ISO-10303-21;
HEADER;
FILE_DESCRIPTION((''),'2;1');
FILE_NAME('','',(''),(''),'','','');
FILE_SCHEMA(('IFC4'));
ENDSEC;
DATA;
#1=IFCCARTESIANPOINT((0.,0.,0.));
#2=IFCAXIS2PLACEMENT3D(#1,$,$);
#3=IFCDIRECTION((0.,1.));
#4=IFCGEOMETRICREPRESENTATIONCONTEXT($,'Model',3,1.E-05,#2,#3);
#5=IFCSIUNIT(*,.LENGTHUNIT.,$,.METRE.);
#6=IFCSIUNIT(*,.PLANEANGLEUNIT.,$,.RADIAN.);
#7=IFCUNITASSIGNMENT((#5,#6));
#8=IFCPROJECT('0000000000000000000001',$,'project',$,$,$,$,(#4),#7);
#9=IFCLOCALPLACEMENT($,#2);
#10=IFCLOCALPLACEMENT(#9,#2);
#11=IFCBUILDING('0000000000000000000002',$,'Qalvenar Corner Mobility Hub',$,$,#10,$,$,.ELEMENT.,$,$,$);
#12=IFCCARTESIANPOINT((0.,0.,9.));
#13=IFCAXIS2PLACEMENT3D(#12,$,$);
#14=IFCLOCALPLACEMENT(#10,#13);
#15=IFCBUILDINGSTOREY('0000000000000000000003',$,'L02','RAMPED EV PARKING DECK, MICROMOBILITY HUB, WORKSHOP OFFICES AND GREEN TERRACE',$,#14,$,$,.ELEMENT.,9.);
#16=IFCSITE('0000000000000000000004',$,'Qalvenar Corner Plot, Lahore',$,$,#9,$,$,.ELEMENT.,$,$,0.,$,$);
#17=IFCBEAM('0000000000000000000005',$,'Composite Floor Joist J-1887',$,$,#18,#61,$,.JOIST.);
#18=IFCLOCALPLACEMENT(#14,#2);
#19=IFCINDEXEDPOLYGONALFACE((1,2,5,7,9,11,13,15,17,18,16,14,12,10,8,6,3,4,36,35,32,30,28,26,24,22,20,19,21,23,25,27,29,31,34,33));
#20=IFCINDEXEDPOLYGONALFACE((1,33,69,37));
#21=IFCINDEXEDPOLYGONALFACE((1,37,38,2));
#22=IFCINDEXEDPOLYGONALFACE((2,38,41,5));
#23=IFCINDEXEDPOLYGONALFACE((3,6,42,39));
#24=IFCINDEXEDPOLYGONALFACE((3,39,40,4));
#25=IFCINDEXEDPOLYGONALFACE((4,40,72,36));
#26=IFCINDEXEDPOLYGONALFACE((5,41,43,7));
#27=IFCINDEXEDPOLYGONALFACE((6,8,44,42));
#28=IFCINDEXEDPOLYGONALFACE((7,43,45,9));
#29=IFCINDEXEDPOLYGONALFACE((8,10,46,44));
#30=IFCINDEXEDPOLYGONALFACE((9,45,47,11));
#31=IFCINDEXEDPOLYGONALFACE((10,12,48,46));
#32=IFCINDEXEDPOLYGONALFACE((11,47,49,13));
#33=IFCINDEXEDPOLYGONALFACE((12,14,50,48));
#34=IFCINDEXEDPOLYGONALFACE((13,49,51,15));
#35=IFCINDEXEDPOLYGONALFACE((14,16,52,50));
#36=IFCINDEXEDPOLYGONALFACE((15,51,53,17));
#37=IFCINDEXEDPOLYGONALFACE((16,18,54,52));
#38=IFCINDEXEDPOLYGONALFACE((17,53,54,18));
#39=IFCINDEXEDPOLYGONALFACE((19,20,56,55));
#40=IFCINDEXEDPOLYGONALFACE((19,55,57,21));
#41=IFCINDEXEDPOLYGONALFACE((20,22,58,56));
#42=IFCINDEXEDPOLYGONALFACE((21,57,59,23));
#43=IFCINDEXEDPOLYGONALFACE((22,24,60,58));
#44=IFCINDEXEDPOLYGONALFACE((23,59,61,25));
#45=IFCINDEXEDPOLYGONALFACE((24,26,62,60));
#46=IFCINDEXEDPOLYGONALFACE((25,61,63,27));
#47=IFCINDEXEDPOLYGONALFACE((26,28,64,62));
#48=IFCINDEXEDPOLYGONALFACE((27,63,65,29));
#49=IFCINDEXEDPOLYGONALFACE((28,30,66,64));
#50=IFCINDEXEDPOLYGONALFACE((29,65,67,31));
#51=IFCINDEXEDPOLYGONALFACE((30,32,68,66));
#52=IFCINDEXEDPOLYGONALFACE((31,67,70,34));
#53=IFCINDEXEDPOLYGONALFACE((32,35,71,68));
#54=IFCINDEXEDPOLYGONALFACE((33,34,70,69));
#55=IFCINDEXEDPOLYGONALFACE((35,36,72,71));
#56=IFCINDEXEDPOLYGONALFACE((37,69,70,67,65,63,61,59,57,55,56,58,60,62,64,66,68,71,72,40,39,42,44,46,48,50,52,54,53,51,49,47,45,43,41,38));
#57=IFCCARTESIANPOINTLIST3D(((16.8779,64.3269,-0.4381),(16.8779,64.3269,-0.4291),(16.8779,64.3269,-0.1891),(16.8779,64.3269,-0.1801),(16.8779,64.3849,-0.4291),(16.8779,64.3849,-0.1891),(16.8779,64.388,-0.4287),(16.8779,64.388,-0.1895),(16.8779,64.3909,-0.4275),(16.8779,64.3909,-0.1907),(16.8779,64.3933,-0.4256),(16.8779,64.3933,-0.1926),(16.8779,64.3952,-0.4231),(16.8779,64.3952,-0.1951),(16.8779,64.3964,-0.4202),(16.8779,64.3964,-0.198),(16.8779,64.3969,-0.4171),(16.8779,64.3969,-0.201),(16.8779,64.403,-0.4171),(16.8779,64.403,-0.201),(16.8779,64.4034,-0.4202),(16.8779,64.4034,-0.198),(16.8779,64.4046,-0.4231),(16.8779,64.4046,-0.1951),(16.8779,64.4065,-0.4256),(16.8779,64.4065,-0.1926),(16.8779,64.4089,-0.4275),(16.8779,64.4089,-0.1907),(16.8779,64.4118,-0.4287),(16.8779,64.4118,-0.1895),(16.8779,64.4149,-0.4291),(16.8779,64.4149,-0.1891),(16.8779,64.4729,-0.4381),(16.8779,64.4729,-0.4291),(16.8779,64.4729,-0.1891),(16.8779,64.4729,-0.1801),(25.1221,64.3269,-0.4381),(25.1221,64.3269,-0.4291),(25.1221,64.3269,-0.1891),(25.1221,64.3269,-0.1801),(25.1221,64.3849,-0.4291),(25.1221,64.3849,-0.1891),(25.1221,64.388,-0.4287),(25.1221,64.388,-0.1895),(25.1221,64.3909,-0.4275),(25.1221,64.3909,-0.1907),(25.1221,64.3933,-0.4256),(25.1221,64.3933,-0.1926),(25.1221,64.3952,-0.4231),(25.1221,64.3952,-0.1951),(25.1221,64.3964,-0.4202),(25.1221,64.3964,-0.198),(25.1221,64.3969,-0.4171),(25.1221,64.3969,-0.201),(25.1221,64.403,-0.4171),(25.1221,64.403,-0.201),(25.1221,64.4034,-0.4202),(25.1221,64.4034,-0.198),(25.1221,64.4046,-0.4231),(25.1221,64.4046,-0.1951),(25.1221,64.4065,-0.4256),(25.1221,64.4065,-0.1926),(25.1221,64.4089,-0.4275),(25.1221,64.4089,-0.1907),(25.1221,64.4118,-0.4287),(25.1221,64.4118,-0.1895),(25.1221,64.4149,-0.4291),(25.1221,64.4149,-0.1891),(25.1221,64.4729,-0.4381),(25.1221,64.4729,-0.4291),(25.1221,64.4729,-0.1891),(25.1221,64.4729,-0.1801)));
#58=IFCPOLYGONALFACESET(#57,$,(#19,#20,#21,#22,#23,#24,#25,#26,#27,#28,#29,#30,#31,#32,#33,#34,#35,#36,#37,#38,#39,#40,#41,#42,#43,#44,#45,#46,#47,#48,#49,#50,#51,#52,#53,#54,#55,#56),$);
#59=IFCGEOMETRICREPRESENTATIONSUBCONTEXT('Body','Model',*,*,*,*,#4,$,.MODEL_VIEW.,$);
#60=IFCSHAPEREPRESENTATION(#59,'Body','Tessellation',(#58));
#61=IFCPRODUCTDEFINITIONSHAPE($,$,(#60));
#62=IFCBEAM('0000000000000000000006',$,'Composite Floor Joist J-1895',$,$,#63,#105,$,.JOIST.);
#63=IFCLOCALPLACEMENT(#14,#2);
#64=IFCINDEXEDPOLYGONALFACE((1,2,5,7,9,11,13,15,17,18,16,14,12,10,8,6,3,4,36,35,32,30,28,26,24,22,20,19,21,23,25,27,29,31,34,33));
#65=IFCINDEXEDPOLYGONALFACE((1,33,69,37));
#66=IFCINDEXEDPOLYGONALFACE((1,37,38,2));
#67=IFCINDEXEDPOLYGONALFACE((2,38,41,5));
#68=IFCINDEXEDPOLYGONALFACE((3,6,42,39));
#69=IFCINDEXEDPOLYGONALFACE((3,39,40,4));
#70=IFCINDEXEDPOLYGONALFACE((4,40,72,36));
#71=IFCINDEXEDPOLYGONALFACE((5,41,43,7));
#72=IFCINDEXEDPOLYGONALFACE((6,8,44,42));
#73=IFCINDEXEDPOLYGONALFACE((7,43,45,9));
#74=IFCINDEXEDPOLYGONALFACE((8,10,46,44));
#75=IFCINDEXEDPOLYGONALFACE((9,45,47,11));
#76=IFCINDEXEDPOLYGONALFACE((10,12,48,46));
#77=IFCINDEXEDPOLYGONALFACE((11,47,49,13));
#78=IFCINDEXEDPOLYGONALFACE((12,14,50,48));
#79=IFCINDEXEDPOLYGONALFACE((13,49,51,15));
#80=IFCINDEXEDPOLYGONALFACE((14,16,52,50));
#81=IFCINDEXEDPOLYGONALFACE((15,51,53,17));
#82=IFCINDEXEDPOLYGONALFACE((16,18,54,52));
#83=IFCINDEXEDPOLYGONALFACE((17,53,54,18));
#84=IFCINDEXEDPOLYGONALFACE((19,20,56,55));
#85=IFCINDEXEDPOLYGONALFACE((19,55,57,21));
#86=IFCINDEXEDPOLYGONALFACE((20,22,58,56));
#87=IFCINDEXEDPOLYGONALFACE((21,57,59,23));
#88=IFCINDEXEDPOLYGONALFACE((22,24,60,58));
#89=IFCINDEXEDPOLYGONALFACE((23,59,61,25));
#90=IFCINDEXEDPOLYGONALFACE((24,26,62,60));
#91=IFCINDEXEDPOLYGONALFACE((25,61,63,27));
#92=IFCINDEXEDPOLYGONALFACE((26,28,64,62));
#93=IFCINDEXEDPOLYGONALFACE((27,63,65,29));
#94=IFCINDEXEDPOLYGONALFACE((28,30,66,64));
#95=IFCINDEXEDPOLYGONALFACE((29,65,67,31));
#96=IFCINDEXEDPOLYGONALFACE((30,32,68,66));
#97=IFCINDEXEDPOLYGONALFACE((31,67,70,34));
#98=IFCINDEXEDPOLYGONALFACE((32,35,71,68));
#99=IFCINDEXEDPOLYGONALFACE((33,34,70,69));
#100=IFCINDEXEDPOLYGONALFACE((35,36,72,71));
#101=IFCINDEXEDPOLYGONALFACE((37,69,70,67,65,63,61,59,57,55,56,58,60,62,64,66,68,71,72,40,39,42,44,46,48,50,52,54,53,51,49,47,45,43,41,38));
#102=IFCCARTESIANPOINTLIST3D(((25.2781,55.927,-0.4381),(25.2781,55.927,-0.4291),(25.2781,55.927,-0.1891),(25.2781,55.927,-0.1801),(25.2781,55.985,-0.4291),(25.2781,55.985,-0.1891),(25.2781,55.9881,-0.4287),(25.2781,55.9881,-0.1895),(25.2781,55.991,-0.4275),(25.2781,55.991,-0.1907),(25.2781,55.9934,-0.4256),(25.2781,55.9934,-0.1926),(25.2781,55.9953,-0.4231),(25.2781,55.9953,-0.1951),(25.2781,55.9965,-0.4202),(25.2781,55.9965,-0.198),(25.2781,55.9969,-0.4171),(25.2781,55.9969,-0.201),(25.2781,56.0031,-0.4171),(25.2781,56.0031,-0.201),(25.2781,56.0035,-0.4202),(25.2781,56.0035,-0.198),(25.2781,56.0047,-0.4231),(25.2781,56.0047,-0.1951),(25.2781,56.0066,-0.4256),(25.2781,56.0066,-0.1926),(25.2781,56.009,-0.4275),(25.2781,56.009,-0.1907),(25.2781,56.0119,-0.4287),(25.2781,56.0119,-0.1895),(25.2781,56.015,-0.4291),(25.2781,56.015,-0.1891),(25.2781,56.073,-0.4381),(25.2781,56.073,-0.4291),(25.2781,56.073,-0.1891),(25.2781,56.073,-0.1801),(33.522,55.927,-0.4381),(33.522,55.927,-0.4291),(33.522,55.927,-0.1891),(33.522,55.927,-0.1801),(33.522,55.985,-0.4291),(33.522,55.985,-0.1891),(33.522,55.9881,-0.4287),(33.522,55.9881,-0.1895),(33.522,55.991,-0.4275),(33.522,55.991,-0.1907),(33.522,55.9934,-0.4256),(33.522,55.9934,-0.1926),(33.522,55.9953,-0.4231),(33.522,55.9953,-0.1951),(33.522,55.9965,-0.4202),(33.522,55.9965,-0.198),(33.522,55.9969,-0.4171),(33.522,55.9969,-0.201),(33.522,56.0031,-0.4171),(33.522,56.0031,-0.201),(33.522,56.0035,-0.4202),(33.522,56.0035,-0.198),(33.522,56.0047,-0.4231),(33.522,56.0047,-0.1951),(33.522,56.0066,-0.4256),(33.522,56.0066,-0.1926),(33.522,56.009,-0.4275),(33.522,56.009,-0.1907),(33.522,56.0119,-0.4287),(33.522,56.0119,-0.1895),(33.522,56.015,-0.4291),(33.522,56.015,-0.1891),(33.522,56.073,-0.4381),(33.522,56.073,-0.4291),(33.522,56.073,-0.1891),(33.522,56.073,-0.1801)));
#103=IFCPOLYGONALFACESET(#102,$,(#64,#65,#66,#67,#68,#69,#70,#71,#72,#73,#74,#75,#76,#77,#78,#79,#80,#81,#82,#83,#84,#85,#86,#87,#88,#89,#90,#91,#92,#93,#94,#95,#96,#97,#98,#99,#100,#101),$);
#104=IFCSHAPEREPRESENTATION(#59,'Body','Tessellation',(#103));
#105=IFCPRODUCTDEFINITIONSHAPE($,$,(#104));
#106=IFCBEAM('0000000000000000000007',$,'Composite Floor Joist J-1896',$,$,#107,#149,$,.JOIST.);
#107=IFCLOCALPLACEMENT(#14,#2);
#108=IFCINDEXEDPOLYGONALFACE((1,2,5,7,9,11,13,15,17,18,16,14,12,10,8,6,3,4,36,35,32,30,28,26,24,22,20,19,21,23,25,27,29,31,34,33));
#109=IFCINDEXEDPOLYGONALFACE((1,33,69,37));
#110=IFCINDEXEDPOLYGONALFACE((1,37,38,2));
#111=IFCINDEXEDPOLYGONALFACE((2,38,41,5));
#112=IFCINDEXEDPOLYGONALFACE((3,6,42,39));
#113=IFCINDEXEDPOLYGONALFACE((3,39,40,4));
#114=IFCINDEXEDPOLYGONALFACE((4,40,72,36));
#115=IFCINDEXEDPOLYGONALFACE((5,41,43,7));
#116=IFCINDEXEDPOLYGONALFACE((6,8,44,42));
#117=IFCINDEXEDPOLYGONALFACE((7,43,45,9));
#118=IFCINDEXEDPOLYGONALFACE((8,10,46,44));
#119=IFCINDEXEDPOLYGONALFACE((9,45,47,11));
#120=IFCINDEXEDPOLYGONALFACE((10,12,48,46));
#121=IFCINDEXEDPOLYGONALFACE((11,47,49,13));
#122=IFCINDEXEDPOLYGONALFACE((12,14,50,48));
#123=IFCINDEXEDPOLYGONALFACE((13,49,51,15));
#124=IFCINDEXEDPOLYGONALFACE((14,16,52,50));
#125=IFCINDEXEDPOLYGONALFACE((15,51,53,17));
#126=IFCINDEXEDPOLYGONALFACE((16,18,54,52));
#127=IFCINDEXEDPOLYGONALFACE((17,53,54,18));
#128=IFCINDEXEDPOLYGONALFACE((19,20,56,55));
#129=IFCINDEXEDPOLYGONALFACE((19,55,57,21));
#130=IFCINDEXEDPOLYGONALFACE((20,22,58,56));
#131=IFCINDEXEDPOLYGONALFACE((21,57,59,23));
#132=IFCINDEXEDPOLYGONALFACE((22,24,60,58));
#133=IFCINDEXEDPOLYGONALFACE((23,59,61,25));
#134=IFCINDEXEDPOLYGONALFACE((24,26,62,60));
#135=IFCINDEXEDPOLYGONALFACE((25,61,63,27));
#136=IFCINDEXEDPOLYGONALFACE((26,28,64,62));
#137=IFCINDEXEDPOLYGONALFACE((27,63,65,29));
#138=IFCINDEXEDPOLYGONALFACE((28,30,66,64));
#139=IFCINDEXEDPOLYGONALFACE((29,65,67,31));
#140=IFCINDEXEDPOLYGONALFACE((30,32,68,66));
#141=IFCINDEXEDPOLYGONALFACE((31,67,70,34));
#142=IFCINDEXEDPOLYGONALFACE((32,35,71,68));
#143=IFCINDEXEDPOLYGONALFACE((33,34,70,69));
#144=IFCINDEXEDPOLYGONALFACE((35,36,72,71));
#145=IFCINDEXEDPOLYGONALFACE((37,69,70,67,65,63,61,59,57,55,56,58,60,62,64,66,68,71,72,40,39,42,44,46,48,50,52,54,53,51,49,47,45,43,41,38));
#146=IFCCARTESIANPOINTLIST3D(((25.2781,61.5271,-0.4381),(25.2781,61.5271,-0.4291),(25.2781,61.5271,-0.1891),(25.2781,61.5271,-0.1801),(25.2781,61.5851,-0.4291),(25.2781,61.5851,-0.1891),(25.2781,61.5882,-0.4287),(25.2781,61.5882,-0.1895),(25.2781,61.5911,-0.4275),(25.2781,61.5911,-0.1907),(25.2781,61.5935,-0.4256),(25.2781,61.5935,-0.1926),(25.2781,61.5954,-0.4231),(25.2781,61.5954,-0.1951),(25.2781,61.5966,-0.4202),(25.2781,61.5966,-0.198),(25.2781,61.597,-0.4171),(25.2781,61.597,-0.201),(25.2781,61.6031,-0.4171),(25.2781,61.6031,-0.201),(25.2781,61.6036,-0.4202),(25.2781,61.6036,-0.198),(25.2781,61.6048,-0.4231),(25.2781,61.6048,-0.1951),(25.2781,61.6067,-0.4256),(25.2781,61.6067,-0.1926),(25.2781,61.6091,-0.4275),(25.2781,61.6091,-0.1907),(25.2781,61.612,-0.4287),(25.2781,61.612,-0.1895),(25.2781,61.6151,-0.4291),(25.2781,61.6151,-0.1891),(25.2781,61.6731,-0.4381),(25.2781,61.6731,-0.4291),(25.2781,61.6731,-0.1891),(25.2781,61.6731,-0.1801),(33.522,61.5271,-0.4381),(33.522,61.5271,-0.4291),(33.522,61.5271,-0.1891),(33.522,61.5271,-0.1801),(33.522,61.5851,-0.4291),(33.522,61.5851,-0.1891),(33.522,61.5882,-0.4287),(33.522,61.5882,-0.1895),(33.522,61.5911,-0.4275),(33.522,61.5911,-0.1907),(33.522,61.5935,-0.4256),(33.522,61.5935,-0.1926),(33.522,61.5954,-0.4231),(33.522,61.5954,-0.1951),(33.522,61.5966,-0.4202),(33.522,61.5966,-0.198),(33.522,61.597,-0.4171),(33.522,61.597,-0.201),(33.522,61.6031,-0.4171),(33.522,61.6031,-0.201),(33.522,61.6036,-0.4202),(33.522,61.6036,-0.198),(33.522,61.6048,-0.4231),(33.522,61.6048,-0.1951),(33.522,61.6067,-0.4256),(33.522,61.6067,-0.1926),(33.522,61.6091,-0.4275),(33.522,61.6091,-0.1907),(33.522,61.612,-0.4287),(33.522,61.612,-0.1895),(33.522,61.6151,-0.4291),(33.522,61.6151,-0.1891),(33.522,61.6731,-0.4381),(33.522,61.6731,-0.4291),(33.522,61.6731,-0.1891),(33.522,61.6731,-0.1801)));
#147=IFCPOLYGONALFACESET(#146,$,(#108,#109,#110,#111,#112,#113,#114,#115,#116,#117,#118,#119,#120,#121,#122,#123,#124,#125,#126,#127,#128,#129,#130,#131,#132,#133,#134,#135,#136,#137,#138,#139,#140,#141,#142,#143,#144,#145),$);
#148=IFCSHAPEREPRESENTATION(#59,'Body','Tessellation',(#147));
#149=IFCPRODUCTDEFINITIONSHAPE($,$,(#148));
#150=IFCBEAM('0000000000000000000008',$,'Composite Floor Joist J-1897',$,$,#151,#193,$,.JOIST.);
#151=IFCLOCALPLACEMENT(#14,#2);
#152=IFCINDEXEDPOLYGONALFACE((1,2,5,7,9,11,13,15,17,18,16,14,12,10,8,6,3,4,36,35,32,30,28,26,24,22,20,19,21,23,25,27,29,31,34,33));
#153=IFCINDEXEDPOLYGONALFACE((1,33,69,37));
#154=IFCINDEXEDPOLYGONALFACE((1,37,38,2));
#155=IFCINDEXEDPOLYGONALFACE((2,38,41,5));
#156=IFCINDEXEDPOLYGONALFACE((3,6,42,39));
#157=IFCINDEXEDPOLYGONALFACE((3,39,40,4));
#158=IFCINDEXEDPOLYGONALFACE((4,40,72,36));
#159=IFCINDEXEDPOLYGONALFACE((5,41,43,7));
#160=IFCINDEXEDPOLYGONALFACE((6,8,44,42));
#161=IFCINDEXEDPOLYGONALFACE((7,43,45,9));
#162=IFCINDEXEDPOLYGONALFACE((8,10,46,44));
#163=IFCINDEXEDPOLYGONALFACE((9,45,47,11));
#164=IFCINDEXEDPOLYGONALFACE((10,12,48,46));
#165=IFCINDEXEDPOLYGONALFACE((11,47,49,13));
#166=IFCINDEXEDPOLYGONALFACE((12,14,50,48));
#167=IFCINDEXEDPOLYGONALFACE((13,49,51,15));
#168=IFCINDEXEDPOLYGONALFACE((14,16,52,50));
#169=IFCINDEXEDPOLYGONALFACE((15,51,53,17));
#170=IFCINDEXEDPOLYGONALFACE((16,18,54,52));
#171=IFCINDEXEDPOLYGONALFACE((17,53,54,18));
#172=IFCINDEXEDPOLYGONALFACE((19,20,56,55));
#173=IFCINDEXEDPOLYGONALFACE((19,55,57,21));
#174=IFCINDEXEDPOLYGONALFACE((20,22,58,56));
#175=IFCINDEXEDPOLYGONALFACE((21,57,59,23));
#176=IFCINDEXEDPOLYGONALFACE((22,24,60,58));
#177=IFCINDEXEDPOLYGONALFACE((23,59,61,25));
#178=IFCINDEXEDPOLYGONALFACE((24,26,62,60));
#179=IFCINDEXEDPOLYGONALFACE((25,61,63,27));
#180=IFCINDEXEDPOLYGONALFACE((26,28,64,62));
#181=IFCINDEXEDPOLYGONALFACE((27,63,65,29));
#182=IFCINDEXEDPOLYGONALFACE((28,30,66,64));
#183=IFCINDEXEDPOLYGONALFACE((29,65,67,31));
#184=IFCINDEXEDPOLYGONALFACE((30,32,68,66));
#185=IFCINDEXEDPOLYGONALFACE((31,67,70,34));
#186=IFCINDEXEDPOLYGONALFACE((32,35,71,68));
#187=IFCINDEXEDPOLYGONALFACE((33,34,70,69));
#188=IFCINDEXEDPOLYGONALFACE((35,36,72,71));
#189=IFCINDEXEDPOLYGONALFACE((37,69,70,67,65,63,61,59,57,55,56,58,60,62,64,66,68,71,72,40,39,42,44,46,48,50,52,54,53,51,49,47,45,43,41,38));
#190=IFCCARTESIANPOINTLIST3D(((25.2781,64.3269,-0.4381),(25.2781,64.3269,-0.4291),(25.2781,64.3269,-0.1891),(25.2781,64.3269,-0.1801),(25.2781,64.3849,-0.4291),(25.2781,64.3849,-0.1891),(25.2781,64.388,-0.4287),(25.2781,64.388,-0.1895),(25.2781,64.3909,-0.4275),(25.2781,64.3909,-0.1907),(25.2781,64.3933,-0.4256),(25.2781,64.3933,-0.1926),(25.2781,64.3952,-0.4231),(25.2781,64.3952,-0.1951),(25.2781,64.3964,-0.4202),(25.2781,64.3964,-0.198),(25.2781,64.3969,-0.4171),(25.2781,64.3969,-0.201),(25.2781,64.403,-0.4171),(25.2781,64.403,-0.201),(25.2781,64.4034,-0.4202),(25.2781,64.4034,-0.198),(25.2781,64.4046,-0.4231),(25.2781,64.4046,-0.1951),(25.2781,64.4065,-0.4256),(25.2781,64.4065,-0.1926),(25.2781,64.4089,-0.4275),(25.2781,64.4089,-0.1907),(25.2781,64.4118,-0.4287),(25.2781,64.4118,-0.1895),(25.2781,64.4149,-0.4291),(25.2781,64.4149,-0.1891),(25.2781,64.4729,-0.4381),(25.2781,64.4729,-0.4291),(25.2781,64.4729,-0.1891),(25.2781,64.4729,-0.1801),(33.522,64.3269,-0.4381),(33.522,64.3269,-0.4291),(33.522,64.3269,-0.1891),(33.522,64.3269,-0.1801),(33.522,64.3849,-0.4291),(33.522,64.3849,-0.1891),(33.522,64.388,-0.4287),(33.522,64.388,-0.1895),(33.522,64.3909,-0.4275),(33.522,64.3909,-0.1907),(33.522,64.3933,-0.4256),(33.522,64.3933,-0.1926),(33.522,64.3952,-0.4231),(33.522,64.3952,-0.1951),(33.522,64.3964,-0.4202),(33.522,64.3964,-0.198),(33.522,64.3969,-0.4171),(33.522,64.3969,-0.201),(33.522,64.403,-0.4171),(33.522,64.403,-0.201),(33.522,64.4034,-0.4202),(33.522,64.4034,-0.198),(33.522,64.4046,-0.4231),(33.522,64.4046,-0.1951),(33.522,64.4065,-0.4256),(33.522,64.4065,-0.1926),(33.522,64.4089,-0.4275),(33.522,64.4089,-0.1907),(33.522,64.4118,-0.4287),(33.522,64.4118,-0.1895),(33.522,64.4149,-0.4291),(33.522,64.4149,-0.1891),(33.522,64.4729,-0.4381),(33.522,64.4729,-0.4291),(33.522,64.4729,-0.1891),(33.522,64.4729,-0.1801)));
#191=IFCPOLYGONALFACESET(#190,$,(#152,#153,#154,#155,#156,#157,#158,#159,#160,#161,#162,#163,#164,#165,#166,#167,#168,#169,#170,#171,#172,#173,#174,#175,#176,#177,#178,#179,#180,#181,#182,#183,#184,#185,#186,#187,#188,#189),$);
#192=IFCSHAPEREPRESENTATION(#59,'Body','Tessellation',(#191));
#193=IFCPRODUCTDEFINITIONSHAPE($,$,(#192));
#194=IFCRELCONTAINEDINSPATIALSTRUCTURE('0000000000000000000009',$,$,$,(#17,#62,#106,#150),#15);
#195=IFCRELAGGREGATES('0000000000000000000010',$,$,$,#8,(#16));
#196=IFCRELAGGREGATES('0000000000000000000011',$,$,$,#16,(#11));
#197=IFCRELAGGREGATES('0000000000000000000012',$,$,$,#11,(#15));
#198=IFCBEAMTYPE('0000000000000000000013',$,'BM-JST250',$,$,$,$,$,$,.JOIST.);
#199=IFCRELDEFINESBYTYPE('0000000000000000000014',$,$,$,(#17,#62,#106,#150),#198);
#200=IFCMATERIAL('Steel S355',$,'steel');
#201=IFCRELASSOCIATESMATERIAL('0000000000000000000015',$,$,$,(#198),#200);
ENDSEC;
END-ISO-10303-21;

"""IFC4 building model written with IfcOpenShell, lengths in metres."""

from ifc_helpers import new_model, si_unit, direction, frame, origin, origin_2d, place, context, subcontext, project, spatial, i_section, extrude, material, material_profile, profile_set, type_object, element, save


model = new_model("IFC4")

# Units and contexts
model_context = context("Model", 3, precision=1e-05, world=origin(), true_north=direction((0.0, 1.0)))
body_context = subcontext(model_context, "Body", "Model", "MODEL_VIEW")
ifc_project = project(units=[si_unit("LENGTHUNIT", "METRE"), si_unit("PLANEANGLEUNIT", "RADIAN")], contexts=[model_context])

# Site, building, storey
site_placement = place(None, origin())
site = spatial("IfcSite", under=ifc_project, at=site_placement, Name="Qalvenar Corner Plot, Lahore", CompositionType="ELEMENT", RefElevation=0.0)
building_placement = place(site_placement, origin())
building = spatial("IfcBuilding", under=site, at=building_placement, Name="Qalvenar Corner Mobility Hub", CompositionType="ELEMENT")
storey_placement = place(building_placement, frame((0.0, 0.0, 9.0)))
storey = spatial("IfcBuildingStorey", under=building, at=storey_placement, Name="L02", Description="RAMPED EV PARKING DECK, MICROMOBILITY HUB, WORKSHOP OFFICES AND GREEN TERRACE", CompositionType="ELEMENT", Elevation=9.0)

# Shared definitions
ifc_material_1 = material(Name="Steel S355", Category="steel")

# Beams
ifc_material_profile_1 = material_profile(ifc_material_1, i_section(OverallWidth=0.146, OverallDepth=0.2581, WebThickness=0.0061, FlangeThickness=0.009, FilletRadius=0.012, at=origin_2d()), Name="W250x32.7")
ifc_profile_set_1 = profile_set([ifc_material_profile_1], Name="Steel S355")
beam_type_1 = type_object("IfcBeamType", Name="BM-JST250", PredefinedType="JOIST", material=ifc_profile_set_1)
for number, where, z_axis, x_axis, name in (
    (1, (16.8779, 64.3999, -0.3091), (1.0, 0.0, 0.0), (0.0, 1.0, 0.0), "Composite Floor Joist J-1887"),
):
    element("IfcBeam", number, at=place(storey_placement, frame(where, z_axis=z_axis, x_axis=x_axis)), inside=storey, type_object=beam_type_1, Name=name, PredefinedType="JOIST", context=body_context, shape_type="SweptSolid", body=[
        extrude(i_section(OverallWidth=0.146, OverallDepth=0.2581, WebThickness=0.0061, FlangeThickness=0.009, FilletRadius=0.012, at=origin_2d()), origin(), (0.0, 0.0, 1.0), 8.2441),
    ])
for number, where, z_axis, x_axis, name in (
    (2, (25.2781, 56.0, -0.3091), (1.0, 0.0, 0.0), (0.0, 1.0, 0.0), "Composite Floor Joist J-1895"),
    (3, (25.2781, 61.6001, -0.3091), (1.0, 0.0, 0.0), (0.0, 1.0, 0.0), "Composite Floor Joist J-1896"),
    (4, (25.2781, 64.3999, -0.3091), (1.0, 0.0, 0.0), (0.0, 1.0, 0.0), "Composite Floor Joist J-1897"),
):
    element("IfcBeam", number, at=place(storey_placement, frame(where, z_axis=z_axis, x_axis=x_axis)), inside=storey, type_object=beam_type_1, Name=name, PredefinedType="JOIST", context=body_context, shape_type="SweptSolid", body=[
        extrude(i_section(OverallWidth=0.146, OverallDepth=0.2581, WebThickness=0.0061, FlangeThickness=0.009, FilletRadius=0.012, at=origin_2d()), origin(), (0.0, 0.0, 1.0), 8.2439),
    ])

save(model, "model.ifc")
